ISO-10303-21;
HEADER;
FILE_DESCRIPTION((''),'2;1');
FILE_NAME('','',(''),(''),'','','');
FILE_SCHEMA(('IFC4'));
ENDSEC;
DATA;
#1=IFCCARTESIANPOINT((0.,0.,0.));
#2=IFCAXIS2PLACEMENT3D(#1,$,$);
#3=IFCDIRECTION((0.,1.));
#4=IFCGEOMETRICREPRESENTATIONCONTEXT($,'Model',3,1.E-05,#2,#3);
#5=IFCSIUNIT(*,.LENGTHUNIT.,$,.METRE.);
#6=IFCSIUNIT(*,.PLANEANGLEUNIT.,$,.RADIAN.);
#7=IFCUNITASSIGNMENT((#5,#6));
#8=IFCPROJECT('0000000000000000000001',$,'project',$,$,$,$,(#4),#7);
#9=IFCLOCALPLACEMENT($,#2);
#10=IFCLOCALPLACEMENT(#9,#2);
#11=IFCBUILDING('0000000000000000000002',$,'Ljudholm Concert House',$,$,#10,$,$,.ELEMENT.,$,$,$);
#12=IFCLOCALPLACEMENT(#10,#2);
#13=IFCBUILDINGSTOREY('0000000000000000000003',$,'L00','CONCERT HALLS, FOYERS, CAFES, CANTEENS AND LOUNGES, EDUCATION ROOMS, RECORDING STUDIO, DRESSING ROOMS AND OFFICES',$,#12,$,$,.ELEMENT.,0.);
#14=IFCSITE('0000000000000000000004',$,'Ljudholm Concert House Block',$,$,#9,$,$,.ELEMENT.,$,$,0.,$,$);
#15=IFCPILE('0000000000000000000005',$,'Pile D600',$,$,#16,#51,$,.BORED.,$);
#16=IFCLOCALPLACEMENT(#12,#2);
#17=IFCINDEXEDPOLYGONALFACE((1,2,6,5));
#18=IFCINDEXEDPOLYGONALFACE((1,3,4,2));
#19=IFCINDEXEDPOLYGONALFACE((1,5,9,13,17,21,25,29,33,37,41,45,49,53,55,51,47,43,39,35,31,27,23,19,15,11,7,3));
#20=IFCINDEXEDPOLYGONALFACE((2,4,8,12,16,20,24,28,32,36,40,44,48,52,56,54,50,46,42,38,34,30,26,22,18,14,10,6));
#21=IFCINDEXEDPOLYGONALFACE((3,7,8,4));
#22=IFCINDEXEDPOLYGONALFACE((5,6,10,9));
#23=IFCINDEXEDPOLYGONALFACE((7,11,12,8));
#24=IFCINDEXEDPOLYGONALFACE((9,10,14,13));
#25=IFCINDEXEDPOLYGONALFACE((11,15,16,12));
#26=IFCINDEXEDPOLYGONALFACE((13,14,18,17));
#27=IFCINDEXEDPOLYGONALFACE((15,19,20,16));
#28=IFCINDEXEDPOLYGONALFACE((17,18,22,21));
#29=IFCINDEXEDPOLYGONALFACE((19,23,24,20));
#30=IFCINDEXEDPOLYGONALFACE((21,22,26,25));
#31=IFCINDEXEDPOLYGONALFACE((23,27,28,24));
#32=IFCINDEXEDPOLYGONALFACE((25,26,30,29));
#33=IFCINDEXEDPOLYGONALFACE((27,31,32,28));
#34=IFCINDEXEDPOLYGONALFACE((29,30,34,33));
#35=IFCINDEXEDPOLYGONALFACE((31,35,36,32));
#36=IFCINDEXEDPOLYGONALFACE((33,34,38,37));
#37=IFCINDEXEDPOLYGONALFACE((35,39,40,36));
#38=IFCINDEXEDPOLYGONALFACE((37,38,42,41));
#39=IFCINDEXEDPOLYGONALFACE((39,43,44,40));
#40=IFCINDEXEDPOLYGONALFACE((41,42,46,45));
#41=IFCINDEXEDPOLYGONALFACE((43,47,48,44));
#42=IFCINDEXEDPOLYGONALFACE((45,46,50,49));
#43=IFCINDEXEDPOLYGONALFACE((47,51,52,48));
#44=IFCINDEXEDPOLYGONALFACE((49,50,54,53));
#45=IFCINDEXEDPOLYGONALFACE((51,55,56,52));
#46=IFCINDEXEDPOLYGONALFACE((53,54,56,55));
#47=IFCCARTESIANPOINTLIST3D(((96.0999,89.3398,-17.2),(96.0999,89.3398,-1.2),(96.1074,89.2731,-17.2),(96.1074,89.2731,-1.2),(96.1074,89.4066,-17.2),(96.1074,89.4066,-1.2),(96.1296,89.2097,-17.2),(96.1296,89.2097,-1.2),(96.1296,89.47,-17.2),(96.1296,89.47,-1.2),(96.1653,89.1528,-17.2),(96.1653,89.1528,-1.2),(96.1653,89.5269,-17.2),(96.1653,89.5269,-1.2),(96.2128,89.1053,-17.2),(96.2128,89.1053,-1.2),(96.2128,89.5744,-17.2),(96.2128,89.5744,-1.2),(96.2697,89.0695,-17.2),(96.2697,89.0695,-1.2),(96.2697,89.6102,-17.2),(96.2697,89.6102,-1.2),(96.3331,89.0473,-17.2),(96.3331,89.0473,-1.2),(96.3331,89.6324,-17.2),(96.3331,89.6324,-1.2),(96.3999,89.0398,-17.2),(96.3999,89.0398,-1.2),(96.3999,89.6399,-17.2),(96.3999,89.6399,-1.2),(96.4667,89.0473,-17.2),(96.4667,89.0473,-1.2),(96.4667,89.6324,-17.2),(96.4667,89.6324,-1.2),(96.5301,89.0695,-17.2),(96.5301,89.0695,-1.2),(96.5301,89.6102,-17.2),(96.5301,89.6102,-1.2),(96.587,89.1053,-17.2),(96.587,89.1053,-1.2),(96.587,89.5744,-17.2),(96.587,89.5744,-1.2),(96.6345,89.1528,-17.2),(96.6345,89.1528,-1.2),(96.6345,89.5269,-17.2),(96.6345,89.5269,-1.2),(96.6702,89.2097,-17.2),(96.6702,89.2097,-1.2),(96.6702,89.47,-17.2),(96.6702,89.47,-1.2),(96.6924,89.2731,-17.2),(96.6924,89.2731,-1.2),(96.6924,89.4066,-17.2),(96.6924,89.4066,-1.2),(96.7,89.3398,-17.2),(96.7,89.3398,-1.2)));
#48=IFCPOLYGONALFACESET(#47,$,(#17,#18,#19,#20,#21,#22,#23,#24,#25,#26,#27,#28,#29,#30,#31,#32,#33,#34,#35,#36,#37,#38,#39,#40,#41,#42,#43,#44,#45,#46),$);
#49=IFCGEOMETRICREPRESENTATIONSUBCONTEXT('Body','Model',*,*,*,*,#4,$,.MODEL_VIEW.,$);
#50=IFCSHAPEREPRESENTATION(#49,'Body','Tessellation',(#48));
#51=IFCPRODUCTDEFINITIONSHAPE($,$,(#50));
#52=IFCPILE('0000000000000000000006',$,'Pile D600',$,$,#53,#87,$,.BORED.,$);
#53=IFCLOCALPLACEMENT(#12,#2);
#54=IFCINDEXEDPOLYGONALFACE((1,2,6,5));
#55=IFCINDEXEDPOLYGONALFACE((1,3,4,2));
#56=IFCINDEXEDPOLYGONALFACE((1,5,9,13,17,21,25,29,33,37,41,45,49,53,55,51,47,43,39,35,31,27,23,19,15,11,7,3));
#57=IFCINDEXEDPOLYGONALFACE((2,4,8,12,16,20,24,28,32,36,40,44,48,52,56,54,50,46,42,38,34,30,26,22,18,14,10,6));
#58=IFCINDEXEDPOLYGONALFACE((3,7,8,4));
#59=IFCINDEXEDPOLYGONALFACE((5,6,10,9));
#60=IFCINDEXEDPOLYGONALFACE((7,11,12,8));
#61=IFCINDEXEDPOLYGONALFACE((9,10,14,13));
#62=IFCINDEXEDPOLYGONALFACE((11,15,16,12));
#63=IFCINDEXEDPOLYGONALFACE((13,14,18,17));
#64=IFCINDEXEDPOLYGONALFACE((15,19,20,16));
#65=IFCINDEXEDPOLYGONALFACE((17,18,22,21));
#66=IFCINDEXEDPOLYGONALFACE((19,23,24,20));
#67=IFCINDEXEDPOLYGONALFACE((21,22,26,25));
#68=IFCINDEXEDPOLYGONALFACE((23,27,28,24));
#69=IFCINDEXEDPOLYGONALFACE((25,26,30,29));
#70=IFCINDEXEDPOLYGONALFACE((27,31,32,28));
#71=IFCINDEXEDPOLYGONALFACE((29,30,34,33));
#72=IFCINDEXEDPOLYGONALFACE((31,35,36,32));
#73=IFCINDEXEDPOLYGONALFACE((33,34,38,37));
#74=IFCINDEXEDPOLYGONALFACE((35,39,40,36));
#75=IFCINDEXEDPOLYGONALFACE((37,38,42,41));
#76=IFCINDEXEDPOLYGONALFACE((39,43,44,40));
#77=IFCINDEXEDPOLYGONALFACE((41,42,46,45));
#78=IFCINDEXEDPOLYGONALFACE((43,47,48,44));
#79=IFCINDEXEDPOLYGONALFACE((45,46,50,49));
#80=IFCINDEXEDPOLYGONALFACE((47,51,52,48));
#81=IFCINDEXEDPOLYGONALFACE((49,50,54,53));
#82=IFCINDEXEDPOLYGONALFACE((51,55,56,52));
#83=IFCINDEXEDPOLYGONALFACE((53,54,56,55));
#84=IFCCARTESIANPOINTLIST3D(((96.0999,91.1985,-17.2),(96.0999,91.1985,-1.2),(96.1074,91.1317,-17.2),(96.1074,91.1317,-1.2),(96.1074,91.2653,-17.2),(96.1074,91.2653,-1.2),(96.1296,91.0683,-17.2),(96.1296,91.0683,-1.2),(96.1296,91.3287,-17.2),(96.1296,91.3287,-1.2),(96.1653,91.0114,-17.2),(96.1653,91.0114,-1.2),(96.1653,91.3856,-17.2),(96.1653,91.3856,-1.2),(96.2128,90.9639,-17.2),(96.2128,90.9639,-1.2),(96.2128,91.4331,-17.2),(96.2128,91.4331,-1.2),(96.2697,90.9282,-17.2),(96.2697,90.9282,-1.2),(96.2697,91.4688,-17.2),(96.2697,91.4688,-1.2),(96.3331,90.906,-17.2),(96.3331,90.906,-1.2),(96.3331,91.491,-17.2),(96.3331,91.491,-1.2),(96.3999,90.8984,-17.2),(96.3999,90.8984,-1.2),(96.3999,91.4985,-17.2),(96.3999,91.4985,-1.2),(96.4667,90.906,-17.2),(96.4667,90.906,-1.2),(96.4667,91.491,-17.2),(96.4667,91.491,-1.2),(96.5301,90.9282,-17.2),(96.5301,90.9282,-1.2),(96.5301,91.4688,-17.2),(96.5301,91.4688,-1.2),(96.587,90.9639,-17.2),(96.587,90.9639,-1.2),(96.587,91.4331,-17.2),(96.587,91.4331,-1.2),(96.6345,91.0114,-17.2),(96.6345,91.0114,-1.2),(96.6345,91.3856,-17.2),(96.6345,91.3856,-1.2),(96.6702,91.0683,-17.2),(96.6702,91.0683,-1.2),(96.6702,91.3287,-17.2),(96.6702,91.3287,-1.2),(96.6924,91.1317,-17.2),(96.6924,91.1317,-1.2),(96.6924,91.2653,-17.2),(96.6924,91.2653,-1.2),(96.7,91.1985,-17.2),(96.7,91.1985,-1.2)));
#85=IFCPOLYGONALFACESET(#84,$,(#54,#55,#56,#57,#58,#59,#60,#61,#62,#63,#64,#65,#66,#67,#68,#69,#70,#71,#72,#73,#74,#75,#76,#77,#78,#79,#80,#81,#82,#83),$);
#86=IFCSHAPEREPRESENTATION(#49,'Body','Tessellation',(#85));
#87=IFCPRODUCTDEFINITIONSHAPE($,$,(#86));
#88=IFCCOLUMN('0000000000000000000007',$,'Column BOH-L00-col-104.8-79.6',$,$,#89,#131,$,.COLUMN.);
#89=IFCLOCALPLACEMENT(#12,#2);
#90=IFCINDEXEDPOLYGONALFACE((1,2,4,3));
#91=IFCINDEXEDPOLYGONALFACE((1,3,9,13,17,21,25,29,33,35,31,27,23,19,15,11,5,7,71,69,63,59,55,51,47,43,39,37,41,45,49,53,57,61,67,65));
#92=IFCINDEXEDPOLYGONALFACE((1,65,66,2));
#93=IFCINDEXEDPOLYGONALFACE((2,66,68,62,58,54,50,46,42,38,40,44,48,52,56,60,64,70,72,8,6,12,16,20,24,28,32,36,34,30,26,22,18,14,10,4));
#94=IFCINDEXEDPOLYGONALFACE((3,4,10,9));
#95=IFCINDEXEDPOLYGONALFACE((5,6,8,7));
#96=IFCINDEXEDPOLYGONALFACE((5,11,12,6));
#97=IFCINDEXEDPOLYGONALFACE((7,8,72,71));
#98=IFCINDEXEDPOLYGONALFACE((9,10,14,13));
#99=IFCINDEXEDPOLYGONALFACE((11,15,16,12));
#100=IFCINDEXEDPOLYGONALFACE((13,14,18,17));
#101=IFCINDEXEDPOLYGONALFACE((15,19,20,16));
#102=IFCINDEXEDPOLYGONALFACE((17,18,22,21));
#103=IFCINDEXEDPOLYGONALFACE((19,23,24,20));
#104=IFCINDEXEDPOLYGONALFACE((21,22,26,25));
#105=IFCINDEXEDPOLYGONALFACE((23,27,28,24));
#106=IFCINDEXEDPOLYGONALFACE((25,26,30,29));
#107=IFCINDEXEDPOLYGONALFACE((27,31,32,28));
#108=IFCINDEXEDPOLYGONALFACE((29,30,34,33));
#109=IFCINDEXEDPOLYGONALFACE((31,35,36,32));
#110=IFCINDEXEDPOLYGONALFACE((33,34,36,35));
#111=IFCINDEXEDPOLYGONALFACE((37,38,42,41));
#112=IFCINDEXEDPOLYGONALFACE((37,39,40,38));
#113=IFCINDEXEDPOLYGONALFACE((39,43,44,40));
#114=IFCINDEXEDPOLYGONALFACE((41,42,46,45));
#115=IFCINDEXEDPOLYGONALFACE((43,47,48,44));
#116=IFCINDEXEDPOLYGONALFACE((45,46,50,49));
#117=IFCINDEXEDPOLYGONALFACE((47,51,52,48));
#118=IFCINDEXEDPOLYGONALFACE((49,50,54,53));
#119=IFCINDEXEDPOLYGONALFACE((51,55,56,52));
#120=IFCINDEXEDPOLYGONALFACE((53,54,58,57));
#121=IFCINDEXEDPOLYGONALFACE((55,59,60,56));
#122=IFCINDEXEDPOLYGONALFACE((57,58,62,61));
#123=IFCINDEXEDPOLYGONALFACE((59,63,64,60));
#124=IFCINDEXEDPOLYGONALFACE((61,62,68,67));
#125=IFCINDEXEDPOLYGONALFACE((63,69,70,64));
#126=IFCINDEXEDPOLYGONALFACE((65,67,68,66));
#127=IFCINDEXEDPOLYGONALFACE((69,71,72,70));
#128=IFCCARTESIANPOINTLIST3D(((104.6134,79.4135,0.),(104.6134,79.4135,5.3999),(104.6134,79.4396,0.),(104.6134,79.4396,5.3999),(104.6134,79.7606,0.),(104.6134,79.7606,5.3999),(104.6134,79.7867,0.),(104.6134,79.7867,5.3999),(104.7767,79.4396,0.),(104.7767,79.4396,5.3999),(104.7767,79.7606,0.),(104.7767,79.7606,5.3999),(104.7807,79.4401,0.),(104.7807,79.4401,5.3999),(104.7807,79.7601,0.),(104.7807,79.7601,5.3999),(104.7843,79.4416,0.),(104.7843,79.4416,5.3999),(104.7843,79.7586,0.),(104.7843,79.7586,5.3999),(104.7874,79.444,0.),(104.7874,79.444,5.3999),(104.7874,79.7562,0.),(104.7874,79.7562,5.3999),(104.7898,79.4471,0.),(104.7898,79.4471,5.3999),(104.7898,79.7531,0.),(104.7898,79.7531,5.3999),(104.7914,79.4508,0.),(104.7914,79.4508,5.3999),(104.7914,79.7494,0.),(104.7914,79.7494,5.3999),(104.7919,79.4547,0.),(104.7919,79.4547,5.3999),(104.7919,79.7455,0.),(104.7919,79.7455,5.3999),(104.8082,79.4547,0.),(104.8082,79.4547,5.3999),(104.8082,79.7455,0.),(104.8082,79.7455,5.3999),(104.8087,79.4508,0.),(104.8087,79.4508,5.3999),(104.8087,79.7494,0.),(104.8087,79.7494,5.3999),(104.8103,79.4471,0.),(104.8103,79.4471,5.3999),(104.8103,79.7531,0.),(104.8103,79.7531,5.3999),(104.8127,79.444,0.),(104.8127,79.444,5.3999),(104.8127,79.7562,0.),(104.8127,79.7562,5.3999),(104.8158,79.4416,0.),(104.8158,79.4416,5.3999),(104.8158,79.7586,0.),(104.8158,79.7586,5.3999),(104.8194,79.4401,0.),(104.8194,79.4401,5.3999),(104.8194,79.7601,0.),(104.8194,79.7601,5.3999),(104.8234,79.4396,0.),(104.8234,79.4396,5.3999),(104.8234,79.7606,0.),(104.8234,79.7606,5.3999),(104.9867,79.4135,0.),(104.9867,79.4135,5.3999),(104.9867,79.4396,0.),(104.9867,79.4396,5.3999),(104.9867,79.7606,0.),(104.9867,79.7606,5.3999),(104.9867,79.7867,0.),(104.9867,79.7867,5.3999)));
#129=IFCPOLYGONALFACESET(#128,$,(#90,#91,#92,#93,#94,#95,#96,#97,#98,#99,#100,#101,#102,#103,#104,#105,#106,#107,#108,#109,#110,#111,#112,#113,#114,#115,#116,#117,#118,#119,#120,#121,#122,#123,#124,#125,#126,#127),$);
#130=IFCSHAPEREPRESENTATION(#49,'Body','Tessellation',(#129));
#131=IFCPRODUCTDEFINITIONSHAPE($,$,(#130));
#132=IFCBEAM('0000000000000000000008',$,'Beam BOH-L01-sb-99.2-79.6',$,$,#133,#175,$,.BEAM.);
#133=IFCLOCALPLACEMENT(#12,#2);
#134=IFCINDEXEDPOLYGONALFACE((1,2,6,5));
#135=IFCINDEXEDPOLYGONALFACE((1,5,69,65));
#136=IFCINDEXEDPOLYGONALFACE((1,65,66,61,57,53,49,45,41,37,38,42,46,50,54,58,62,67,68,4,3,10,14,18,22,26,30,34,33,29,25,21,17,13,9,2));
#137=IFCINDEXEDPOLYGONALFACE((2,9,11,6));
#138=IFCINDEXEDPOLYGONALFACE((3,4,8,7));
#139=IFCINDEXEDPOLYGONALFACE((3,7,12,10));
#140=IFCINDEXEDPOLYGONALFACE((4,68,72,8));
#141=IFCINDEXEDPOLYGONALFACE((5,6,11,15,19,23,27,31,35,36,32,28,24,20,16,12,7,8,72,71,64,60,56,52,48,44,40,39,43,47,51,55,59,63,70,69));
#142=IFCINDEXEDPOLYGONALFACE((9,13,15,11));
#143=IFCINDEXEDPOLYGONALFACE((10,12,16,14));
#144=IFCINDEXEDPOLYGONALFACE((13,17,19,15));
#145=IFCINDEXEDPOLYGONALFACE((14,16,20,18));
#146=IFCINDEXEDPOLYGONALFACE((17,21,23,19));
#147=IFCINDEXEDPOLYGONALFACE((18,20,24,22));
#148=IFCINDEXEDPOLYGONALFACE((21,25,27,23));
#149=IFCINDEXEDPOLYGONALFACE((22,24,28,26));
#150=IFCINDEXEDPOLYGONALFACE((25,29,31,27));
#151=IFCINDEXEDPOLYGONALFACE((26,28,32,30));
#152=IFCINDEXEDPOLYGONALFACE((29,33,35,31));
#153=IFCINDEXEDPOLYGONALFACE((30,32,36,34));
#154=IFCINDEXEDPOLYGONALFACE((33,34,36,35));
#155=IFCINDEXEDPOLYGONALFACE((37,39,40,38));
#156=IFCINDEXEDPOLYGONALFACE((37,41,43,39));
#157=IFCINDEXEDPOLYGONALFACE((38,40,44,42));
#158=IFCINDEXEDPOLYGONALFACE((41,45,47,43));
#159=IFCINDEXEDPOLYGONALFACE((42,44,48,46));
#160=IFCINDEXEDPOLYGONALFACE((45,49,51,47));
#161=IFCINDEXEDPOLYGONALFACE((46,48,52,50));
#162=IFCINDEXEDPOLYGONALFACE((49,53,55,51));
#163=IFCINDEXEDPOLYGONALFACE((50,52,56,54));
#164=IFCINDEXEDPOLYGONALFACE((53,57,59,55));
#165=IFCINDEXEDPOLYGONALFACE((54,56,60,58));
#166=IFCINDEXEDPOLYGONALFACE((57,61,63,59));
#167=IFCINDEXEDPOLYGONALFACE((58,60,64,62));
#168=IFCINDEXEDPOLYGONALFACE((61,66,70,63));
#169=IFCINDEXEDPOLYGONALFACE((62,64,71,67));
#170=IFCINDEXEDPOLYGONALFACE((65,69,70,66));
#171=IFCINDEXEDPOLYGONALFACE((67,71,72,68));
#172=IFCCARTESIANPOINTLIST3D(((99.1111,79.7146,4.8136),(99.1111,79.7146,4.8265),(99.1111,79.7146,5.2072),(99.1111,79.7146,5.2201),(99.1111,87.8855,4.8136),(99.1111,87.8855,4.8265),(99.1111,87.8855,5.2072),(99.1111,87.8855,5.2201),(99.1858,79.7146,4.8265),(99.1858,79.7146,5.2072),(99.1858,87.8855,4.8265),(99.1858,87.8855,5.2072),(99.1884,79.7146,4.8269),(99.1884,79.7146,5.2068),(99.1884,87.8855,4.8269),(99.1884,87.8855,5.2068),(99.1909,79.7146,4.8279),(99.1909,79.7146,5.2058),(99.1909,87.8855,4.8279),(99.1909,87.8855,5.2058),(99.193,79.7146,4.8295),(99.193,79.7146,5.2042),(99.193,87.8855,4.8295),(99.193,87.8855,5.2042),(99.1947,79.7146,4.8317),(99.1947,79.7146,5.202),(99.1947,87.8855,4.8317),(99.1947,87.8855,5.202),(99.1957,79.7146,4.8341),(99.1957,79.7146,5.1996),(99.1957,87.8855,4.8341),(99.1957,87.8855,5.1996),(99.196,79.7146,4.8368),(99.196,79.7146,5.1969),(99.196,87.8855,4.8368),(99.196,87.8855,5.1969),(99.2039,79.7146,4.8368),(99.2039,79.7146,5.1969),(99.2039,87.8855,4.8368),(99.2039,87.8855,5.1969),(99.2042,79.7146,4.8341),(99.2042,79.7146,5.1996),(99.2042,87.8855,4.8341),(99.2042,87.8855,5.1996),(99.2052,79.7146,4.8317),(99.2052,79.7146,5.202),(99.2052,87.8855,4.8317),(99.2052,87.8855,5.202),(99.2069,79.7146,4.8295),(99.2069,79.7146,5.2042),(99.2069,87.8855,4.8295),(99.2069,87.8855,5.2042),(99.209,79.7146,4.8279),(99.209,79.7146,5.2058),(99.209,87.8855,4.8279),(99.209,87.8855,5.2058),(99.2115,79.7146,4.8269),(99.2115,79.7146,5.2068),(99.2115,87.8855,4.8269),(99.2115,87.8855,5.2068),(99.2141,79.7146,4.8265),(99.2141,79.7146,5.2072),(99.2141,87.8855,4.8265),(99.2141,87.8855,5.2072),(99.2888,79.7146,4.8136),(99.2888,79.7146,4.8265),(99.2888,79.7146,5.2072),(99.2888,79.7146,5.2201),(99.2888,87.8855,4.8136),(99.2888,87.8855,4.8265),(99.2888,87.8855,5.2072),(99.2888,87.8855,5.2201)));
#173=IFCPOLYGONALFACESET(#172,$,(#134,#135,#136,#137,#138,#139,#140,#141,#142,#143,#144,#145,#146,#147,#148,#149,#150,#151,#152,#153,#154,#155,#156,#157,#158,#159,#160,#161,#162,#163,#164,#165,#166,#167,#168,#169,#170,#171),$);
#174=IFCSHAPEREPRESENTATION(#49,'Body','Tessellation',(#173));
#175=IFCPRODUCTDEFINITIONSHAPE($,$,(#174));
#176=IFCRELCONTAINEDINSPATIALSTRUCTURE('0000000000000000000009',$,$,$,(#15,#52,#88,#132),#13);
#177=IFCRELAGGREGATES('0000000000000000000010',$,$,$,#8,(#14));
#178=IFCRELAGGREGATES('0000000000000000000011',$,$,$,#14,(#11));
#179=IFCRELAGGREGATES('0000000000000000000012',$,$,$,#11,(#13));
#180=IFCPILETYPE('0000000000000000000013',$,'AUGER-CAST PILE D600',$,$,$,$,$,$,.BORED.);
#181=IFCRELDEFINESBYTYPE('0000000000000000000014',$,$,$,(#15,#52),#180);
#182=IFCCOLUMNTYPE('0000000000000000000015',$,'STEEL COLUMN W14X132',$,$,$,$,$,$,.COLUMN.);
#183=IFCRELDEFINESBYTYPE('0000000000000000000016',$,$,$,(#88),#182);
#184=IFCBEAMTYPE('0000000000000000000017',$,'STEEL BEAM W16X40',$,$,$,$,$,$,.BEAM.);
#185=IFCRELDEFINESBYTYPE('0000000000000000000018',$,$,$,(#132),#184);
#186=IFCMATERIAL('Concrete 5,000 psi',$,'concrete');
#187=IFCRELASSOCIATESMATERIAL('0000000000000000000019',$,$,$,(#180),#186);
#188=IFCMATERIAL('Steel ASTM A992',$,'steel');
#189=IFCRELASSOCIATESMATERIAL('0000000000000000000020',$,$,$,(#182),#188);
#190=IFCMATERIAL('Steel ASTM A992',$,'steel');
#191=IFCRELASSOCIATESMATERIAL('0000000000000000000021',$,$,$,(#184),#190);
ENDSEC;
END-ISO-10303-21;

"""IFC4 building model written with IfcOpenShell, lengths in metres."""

from ifc_helpers import new_model, si_unit, direction, frame, origin, origin_2d, place, context, subcontext, project, spatial, circle, i_section, extrude, material, material_profile, profile_set, type_object, element, save


model = new_model("IFC4")

# Units and contexts
model_context = context("Model", 3, precision=1e-05, world=origin(), true_north=direction((0.0, 1.0)))
body_context = subcontext(model_context, "Body", "Model", "MODEL_VIEW")
ifc_project = project(units=[si_unit("LENGTHUNIT", "METRE"), si_unit("PLANEANGLEUNIT", "RADIAN")], contexts=[model_context])

# Site, building, storey
site_placement = place(None, origin())
site = spatial("IfcSite", under=ifc_project, at=site_placement, Name="Ljudholm Concert House Block", CompositionType="ELEMENT", RefElevation=0.0)
building_placement = place(site_placement, origin())
building = spatial("IfcBuilding", under=site, at=building_placement, Name="Ljudholm Concert House", CompositionType="ELEMENT")
storey_placement = place(building_placement, origin())
storey = spatial("IfcBuildingStorey", under=building, at=storey_placement, Name="L00", Description="CONCERT HALLS, FOYERS, CAFES, CANTEENS AND LOUNGES, EDUCATION ROOMS, RECORDING STUDIO, DRESSING ROOMS AND OFFICES", CompositionType="ELEMENT", Elevation=0.0)

# Piles
ifc_material_1 = material(Name="Concrete 5,000 psi", Category="concrete")
ifc_material_profile_1 = material_profile(ifc_material_1, circle(Radius=0.3, at=origin_2d()), Name="AUGER-CAST PILE D600")
ifc_profile_set_1 = profile_set([ifc_material_profile_1], Name="Concrete 5,000 psi")
pile_type = type_object("IfcPileType", Name="AUGER-CAST PILE D600", PredefinedType="BORED", material=ifc_profile_set_1)
for number, where, z_axis, x_axis, name in (
    (1, (96.3999, 89.3398, -1.2), (0.0, 0.0, -1.0), (1.0, 0.0, 0.0), "Pile D600"),
    (2, (96.3999, 91.1985, -1.2), (0.0, 0.0, -1.0), (1.0, 0.0, 0.0), "Pile D600"),
):
    element("IfcPile", number, at=place(storey_placement, frame(where, z_axis=z_axis, x_axis=x_axis)), inside=storey, type_object=pile_type, Name=name, PredefinedType="BORED", context=body_context, shape_type="SweptSolid", body=[
        extrude(circle(Radius=0.3, at=origin_2d()), origin(), (0.0, 0.0, 1.0), 16.0),
    ])

# Column
ifc_material_2 = material(Name="Steel ASTM A992", Category="steel")
ifc_material_profile_2 = material_profile(ifc_material_2, i_section(OverallWidth=0.3733, OverallDepth=0.3733, WebThickness=0.0164, FlangeThickness=0.0261, FilletRadius=0.0151, at=origin_2d()), Name="W14X132")
ifc_profile_set_2 = profile_set([ifc_material_profile_2], Name="Steel ASTM A992")
column_type = type_object("IfcColumnType", Name="STEEL COLUMN W14X132", PredefinedType="COLUMN", material=ifc_profile_set_2)
column_placement = place(storey_placement, frame((104.8, 79.6001, 0.0), z_axis=(0.0, 0.0, 1.0), x_axis=(1.0, 0.0, 0.0)))
element("IfcColumn", 3, at=column_placement, inside=storey, type_object=column_type, Name="Column BOH-L00-col-104.8-79.6", PredefinedType="COLUMN", context=body_context, shape_type="SweptSolid", body=[
    extrude(i_section(OverallWidth=0.3733, OverallDepth=0.3733, WebThickness=0.0164, FlangeThickness=0.0261, FilletRadius=0.0151, at=origin_2d()), origin(), (0.0, 0.0, 1.0), 5.3999),
])

# Beam
ifc_material_3 = material(Name="Steel ASTM A992", Category="steel")
ifc_material_profile_3 = material_profile(ifc_material_3, i_section(OverallWidth=0.1777, OverallDepth=0.4065, WebThickness=0.0078, FlangeThickness=0.0129, FilletRadius=0.0103, at=origin_2d()), Name="W16X40")
ifc_profile_set_3 = profile_set([ifc_material_profile_3], Name="Steel ASTM A992")
beam_type_1 = type_object("IfcBeamType", Name="STEEL BEAM W16X40", PredefinedType="BEAM", material=ifc_profile_set_3)
for number, where, z_axis, x_axis, name in (
    (4, (99.2, 79.7146, 5.0168), (0.0, 1.0, 0.0), (-1.0, 0.0, 0.0), "Beam BOH-L01-sb-99.2-79.6"),
):
    element("IfcBeam", number, at=place(storey_placement, frame(where, z_axis=z_axis, x_axis=x_axis)), inside=storey, type_object=beam_type_1, Name=name, PredefinedType="BEAM", context=body_context, shape_type="SweptSolid", body=[
        extrude(i_section(OverallWidth=0.1777, OverallDepth=0.4065, WebThickness=0.0078, FlangeThickness=0.0129, FilletRadius=0.0103, at=origin_2d()), origin(), (0.0, 0.0, 1.0), 8.1709),
    ])

save(model, "model.ifc")
